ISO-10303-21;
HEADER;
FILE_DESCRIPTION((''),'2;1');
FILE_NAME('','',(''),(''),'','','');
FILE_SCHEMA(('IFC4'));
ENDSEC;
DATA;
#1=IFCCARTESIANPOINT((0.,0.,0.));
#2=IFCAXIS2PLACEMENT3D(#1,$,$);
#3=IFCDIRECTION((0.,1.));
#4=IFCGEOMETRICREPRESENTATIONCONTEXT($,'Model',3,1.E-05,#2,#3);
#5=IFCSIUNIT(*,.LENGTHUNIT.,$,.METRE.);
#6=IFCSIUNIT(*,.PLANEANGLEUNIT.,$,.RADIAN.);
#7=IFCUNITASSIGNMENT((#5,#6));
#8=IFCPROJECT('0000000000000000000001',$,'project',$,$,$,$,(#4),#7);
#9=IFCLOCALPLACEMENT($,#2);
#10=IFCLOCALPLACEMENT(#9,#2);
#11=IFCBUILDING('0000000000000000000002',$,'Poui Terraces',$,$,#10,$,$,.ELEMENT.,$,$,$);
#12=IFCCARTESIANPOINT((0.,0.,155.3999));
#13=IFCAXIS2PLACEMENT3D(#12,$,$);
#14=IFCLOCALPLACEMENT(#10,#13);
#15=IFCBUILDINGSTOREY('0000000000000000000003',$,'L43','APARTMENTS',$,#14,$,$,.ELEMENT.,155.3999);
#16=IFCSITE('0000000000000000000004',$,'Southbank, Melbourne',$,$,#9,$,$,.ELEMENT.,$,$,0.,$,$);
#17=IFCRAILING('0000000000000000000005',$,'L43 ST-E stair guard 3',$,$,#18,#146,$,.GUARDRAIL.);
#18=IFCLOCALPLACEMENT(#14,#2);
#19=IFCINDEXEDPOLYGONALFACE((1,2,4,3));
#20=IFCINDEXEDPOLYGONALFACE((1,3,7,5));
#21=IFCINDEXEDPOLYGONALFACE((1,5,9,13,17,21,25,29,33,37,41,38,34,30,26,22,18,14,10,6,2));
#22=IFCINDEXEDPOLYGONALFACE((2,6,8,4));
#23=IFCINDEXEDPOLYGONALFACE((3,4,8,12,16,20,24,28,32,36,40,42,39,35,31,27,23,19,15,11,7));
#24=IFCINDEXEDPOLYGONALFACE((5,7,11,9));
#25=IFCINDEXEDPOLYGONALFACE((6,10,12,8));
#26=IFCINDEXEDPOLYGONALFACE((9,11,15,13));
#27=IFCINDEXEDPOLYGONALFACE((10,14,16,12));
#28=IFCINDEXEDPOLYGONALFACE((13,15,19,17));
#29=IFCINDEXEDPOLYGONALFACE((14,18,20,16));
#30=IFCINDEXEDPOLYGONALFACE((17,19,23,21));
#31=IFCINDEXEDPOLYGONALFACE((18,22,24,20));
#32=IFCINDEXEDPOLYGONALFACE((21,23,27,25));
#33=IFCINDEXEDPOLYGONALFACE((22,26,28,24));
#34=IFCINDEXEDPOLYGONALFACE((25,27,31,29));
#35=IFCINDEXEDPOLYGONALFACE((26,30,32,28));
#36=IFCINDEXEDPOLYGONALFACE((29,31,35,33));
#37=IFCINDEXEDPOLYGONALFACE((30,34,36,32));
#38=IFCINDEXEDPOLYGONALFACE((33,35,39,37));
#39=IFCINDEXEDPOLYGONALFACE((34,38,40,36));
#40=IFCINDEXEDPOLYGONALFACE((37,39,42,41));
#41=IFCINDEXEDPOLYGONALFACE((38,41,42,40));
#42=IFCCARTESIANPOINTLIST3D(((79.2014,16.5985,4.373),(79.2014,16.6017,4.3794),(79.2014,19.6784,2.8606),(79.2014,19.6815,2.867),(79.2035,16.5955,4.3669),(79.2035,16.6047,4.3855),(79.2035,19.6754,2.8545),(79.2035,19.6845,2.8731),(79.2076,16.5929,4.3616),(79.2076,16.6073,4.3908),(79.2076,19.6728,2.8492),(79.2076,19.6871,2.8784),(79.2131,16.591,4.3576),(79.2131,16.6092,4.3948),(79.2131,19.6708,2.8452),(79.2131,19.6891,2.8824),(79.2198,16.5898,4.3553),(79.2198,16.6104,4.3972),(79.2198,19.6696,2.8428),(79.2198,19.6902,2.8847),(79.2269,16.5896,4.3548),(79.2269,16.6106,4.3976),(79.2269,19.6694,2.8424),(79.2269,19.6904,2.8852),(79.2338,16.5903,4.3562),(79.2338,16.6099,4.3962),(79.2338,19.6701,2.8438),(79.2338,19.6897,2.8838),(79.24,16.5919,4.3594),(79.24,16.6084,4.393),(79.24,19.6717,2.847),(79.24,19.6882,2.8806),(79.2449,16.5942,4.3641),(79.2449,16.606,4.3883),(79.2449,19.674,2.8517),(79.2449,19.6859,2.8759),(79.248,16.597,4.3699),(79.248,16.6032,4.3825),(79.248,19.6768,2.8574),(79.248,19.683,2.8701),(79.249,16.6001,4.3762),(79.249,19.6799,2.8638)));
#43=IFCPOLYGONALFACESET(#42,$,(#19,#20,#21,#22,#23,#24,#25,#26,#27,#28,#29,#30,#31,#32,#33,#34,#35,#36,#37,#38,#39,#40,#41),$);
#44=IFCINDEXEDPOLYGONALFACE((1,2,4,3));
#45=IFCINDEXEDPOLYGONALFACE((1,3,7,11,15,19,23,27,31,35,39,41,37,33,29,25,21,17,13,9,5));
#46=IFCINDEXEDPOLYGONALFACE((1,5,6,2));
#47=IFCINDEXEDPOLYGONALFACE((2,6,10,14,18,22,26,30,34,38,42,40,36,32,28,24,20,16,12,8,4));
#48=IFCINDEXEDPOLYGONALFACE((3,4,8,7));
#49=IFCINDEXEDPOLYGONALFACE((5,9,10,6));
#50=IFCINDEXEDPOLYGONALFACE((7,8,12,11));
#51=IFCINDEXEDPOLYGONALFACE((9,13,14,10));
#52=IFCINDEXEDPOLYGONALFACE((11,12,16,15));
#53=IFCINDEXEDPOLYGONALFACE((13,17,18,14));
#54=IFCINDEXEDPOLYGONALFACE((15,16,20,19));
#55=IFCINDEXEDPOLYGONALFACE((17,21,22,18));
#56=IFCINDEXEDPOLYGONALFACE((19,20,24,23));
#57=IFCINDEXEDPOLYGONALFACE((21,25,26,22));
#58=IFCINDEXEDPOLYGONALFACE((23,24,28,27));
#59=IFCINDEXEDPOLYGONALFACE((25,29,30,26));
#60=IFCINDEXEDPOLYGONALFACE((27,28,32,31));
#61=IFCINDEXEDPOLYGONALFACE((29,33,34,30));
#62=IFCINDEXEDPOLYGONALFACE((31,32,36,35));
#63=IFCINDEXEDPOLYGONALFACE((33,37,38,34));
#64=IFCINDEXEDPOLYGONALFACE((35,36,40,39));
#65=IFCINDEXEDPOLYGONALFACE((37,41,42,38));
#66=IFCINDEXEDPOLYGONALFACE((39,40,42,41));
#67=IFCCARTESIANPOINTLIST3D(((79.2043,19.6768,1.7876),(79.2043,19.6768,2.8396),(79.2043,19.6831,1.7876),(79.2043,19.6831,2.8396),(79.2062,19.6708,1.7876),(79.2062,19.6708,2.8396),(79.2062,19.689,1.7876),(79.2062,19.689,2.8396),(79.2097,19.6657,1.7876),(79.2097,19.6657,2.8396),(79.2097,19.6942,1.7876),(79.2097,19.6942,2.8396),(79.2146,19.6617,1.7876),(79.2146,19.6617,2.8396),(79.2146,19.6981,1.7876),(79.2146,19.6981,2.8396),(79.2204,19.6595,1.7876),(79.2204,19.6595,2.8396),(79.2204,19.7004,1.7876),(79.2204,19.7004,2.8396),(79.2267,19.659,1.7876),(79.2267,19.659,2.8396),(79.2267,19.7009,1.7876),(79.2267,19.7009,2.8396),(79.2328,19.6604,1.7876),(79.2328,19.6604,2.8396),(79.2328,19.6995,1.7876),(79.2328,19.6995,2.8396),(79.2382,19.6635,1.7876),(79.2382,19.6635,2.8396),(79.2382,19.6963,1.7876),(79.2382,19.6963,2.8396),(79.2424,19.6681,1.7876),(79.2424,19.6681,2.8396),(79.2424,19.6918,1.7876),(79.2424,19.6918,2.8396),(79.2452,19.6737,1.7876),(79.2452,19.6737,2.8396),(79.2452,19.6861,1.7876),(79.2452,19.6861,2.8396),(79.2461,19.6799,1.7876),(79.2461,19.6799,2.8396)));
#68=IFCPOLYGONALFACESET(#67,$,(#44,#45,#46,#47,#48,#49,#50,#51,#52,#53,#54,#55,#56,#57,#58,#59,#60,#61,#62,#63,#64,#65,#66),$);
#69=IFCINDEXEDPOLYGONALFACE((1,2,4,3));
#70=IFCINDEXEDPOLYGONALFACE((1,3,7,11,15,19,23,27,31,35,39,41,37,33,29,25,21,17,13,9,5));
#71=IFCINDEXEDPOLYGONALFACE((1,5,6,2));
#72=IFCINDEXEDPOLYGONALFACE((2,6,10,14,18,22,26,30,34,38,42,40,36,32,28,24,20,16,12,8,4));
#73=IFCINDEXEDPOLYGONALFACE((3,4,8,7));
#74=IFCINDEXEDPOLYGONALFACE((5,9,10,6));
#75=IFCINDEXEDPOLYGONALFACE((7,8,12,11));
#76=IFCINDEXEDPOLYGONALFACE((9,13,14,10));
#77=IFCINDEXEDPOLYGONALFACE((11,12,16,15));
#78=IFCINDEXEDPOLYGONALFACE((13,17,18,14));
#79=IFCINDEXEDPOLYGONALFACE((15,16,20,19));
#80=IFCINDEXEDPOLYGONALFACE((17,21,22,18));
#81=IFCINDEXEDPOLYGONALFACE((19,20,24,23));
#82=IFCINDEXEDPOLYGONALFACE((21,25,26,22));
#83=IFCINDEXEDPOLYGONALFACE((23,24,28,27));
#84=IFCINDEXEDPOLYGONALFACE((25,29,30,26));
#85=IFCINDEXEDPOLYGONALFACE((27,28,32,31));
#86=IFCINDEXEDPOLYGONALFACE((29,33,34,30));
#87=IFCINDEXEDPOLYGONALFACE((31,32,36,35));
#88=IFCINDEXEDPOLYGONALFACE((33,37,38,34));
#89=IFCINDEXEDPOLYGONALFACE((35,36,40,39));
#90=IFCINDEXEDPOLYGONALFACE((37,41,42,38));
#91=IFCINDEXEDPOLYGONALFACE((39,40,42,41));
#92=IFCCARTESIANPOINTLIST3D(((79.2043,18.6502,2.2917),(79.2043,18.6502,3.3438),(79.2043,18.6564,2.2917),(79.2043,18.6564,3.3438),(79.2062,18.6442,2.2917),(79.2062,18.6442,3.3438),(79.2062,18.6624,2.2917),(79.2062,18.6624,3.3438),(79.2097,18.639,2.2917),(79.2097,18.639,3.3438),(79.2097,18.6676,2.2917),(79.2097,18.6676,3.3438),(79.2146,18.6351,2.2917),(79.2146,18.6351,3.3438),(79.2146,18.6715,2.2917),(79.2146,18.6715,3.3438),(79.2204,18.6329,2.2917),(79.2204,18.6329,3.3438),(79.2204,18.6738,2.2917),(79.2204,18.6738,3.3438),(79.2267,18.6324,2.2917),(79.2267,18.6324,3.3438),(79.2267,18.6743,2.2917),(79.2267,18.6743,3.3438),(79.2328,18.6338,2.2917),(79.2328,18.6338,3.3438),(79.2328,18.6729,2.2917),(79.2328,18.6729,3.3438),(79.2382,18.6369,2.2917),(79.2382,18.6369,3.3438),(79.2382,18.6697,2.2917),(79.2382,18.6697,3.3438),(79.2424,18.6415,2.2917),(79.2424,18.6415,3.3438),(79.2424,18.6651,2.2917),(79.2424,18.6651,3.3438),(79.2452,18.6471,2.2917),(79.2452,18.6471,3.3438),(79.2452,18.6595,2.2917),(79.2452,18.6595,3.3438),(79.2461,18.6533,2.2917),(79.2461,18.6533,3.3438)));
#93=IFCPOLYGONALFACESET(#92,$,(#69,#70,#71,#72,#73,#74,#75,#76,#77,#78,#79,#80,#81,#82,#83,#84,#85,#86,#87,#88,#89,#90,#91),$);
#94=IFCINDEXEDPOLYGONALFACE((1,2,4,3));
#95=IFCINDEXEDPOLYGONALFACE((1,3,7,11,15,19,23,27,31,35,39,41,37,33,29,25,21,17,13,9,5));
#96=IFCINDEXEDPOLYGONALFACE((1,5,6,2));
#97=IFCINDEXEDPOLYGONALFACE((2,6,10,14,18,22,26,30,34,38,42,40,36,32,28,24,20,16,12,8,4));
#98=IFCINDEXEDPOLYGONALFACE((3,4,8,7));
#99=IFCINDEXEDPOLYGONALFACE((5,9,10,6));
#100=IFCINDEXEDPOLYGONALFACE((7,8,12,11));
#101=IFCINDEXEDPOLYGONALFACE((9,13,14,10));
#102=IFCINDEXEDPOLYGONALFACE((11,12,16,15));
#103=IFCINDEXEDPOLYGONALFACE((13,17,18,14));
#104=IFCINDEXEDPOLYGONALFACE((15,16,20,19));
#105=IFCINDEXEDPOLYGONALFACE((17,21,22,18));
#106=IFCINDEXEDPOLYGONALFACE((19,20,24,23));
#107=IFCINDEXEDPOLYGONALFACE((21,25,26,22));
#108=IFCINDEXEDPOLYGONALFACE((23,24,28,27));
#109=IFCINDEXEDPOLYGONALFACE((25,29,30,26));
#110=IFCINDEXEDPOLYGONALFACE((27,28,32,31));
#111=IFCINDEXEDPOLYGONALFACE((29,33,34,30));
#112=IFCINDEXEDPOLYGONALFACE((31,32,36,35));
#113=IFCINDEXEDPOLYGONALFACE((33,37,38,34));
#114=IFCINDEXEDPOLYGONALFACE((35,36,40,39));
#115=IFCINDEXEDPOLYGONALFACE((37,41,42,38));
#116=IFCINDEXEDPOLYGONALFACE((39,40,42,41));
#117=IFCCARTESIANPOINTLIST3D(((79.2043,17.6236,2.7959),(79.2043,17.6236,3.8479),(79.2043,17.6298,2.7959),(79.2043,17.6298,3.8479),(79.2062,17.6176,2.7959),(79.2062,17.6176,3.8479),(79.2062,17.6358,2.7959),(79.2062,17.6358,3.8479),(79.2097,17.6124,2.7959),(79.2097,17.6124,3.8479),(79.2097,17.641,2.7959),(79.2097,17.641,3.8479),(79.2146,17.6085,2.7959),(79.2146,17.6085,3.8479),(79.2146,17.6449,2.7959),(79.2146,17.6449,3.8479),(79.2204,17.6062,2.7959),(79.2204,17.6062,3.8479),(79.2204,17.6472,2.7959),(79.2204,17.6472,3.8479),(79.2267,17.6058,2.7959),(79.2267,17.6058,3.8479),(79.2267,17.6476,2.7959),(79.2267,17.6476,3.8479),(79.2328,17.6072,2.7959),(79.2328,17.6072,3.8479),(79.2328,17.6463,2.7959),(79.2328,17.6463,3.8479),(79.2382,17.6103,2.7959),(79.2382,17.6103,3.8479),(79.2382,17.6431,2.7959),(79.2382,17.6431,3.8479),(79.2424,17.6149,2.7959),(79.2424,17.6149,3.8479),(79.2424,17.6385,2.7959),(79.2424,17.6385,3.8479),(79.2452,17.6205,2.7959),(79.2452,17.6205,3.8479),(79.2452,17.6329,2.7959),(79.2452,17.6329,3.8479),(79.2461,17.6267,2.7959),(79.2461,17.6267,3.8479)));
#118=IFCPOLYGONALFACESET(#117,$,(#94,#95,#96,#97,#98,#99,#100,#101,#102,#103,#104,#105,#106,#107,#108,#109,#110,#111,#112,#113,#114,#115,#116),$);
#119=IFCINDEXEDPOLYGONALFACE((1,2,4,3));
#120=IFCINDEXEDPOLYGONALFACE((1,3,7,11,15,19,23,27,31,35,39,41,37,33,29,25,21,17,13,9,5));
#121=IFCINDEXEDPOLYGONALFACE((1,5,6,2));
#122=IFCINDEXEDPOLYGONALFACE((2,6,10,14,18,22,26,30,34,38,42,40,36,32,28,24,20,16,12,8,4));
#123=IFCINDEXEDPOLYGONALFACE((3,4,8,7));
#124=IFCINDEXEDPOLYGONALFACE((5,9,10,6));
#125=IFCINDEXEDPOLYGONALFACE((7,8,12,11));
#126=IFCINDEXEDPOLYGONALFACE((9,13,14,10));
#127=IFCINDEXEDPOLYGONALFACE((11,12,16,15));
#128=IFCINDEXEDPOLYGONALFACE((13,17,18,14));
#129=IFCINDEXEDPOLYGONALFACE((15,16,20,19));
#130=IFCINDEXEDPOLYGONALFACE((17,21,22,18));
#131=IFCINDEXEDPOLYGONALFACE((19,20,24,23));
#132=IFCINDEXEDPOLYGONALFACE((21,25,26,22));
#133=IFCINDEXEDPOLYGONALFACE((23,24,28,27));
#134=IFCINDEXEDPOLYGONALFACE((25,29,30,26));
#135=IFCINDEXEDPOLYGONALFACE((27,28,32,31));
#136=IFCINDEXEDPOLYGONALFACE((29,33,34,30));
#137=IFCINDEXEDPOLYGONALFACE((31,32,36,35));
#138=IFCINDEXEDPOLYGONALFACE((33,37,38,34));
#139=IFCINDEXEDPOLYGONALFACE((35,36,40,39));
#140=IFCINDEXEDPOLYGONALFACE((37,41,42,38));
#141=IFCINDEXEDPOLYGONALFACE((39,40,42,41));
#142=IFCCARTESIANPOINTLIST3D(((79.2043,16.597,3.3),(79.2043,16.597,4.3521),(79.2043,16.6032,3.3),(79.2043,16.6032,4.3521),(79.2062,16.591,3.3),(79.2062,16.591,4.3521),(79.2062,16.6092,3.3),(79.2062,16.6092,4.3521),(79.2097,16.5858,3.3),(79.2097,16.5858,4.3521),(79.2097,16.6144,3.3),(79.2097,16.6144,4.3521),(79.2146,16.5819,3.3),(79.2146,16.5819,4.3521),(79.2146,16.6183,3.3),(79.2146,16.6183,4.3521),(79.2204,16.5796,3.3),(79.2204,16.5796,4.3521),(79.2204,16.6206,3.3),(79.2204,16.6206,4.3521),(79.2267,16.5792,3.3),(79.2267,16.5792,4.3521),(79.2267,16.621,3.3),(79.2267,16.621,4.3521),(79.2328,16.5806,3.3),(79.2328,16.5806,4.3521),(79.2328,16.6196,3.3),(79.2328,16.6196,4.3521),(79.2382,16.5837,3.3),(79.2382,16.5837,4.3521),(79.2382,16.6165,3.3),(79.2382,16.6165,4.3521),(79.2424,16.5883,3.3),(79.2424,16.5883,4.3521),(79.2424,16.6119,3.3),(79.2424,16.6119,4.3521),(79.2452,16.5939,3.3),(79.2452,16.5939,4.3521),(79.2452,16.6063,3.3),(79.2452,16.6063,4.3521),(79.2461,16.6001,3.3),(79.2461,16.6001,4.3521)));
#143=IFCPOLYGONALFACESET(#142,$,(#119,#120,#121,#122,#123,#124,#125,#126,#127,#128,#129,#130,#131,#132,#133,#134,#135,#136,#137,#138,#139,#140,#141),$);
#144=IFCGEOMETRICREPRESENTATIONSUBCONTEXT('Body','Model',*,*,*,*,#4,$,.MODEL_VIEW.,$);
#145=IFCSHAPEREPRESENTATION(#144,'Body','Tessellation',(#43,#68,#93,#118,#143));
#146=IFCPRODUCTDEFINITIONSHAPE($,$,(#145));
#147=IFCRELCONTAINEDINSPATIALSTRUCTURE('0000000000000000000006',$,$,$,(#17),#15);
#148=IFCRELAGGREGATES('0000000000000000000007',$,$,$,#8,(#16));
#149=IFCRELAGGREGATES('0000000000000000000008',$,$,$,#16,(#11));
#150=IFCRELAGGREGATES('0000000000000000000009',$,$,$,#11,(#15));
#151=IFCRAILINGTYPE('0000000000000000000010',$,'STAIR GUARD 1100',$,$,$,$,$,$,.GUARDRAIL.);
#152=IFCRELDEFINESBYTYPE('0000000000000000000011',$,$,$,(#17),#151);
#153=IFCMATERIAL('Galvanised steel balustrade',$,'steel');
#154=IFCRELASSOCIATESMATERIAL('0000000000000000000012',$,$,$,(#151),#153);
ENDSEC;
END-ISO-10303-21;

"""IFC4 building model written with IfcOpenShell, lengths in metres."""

from ifc_helpers import new_model, si_unit, direction, frame, origin, origin_2d, place, context, subcontext, project, spatial, circle, extrude, material, type_object, element, save


model = new_model("IFC4")

# Units and contexts
model_context = context("Model", 3, precision=1e-05, world=origin(), true_north=direction((0.0, 1.0)))
body_context = subcontext(model_context, "Body", "Model", "MODEL_VIEW")
ifc_project = project(units=[si_unit("LENGTHUNIT", "METRE"), si_unit("PLANEANGLEUNIT", "RADIAN")], contexts=[model_context])

# Site, building, storey
site_placement = place(None, origin())
site = spatial("IfcSite", under=ifc_project, at=site_placement, Name="Southbank, Melbourne", CompositionType="ELEMENT", RefElevation=0.0)
building_placement = place(site_placement, origin())
building = spatial("IfcBuilding", under=site, at=building_placement, Name="Poui Terraces", CompositionType="ELEMENT")
storey_placement = place(building_placement, frame((0.0, 0.0, 155.3999)))
storey = spatial("IfcBuildingStorey", under=building, at=storey_placement, Name="L43", Description="APARTMENTS", CompositionType="ELEMENT", Elevation=155.3999)

# Railing
ifc_material_1 = material(Name="Galvanised steel balustrade", Category="steel")
railing_type = type_object("IfcRailingType", Name="STAIR GUARD 1100", PredefinedType="GUARDRAIL", material=ifc_material_1)
railing_placement = place(storey_placement, frame((79.2251, 19.6799, 1.7876)))
element("IfcRailing", 1, at=railing_placement, inside=storey, type_object=railing_type, Name="L43 ST-E stair guard 3", PredefinedType="GUARDRAIL", context=body_context, shape_type="SweptSolid", body=[
    extrude(circle(Radius=0.0239, at=origin_2d()), frame((0.0, 0.0, 1.0762), z_axis=(0.0, -0.897606, 0.440798), x_axis=(1.0, 0.0, 0.0)), (0.0, 0.0, 1.0), 3.4312),
    extrude(circle(Radius=0.021, at=origin_2d()), origin(), (0.0, 0.0, 1.0), 1.052),
    extrude(circle(Radius=0.021, at=origin_2d()), frame((0.0, -1.0266, 0.5042)), (0.0, 0.0, 1.0), 1.052),
    extrude(circle(Radius=0.021, at=origin_2d()), frame((0.0, -2.0532, 1.0083)), (0.0, 0.0, 1.0), 1.052),
    extrude(circle(Radius=0.021, at=origin_2d()), frame((0.0, -3.0798, 1.5125)), (0.0, 0.0, 1.0), 1.052),
])

save(model, "model.ifc")
